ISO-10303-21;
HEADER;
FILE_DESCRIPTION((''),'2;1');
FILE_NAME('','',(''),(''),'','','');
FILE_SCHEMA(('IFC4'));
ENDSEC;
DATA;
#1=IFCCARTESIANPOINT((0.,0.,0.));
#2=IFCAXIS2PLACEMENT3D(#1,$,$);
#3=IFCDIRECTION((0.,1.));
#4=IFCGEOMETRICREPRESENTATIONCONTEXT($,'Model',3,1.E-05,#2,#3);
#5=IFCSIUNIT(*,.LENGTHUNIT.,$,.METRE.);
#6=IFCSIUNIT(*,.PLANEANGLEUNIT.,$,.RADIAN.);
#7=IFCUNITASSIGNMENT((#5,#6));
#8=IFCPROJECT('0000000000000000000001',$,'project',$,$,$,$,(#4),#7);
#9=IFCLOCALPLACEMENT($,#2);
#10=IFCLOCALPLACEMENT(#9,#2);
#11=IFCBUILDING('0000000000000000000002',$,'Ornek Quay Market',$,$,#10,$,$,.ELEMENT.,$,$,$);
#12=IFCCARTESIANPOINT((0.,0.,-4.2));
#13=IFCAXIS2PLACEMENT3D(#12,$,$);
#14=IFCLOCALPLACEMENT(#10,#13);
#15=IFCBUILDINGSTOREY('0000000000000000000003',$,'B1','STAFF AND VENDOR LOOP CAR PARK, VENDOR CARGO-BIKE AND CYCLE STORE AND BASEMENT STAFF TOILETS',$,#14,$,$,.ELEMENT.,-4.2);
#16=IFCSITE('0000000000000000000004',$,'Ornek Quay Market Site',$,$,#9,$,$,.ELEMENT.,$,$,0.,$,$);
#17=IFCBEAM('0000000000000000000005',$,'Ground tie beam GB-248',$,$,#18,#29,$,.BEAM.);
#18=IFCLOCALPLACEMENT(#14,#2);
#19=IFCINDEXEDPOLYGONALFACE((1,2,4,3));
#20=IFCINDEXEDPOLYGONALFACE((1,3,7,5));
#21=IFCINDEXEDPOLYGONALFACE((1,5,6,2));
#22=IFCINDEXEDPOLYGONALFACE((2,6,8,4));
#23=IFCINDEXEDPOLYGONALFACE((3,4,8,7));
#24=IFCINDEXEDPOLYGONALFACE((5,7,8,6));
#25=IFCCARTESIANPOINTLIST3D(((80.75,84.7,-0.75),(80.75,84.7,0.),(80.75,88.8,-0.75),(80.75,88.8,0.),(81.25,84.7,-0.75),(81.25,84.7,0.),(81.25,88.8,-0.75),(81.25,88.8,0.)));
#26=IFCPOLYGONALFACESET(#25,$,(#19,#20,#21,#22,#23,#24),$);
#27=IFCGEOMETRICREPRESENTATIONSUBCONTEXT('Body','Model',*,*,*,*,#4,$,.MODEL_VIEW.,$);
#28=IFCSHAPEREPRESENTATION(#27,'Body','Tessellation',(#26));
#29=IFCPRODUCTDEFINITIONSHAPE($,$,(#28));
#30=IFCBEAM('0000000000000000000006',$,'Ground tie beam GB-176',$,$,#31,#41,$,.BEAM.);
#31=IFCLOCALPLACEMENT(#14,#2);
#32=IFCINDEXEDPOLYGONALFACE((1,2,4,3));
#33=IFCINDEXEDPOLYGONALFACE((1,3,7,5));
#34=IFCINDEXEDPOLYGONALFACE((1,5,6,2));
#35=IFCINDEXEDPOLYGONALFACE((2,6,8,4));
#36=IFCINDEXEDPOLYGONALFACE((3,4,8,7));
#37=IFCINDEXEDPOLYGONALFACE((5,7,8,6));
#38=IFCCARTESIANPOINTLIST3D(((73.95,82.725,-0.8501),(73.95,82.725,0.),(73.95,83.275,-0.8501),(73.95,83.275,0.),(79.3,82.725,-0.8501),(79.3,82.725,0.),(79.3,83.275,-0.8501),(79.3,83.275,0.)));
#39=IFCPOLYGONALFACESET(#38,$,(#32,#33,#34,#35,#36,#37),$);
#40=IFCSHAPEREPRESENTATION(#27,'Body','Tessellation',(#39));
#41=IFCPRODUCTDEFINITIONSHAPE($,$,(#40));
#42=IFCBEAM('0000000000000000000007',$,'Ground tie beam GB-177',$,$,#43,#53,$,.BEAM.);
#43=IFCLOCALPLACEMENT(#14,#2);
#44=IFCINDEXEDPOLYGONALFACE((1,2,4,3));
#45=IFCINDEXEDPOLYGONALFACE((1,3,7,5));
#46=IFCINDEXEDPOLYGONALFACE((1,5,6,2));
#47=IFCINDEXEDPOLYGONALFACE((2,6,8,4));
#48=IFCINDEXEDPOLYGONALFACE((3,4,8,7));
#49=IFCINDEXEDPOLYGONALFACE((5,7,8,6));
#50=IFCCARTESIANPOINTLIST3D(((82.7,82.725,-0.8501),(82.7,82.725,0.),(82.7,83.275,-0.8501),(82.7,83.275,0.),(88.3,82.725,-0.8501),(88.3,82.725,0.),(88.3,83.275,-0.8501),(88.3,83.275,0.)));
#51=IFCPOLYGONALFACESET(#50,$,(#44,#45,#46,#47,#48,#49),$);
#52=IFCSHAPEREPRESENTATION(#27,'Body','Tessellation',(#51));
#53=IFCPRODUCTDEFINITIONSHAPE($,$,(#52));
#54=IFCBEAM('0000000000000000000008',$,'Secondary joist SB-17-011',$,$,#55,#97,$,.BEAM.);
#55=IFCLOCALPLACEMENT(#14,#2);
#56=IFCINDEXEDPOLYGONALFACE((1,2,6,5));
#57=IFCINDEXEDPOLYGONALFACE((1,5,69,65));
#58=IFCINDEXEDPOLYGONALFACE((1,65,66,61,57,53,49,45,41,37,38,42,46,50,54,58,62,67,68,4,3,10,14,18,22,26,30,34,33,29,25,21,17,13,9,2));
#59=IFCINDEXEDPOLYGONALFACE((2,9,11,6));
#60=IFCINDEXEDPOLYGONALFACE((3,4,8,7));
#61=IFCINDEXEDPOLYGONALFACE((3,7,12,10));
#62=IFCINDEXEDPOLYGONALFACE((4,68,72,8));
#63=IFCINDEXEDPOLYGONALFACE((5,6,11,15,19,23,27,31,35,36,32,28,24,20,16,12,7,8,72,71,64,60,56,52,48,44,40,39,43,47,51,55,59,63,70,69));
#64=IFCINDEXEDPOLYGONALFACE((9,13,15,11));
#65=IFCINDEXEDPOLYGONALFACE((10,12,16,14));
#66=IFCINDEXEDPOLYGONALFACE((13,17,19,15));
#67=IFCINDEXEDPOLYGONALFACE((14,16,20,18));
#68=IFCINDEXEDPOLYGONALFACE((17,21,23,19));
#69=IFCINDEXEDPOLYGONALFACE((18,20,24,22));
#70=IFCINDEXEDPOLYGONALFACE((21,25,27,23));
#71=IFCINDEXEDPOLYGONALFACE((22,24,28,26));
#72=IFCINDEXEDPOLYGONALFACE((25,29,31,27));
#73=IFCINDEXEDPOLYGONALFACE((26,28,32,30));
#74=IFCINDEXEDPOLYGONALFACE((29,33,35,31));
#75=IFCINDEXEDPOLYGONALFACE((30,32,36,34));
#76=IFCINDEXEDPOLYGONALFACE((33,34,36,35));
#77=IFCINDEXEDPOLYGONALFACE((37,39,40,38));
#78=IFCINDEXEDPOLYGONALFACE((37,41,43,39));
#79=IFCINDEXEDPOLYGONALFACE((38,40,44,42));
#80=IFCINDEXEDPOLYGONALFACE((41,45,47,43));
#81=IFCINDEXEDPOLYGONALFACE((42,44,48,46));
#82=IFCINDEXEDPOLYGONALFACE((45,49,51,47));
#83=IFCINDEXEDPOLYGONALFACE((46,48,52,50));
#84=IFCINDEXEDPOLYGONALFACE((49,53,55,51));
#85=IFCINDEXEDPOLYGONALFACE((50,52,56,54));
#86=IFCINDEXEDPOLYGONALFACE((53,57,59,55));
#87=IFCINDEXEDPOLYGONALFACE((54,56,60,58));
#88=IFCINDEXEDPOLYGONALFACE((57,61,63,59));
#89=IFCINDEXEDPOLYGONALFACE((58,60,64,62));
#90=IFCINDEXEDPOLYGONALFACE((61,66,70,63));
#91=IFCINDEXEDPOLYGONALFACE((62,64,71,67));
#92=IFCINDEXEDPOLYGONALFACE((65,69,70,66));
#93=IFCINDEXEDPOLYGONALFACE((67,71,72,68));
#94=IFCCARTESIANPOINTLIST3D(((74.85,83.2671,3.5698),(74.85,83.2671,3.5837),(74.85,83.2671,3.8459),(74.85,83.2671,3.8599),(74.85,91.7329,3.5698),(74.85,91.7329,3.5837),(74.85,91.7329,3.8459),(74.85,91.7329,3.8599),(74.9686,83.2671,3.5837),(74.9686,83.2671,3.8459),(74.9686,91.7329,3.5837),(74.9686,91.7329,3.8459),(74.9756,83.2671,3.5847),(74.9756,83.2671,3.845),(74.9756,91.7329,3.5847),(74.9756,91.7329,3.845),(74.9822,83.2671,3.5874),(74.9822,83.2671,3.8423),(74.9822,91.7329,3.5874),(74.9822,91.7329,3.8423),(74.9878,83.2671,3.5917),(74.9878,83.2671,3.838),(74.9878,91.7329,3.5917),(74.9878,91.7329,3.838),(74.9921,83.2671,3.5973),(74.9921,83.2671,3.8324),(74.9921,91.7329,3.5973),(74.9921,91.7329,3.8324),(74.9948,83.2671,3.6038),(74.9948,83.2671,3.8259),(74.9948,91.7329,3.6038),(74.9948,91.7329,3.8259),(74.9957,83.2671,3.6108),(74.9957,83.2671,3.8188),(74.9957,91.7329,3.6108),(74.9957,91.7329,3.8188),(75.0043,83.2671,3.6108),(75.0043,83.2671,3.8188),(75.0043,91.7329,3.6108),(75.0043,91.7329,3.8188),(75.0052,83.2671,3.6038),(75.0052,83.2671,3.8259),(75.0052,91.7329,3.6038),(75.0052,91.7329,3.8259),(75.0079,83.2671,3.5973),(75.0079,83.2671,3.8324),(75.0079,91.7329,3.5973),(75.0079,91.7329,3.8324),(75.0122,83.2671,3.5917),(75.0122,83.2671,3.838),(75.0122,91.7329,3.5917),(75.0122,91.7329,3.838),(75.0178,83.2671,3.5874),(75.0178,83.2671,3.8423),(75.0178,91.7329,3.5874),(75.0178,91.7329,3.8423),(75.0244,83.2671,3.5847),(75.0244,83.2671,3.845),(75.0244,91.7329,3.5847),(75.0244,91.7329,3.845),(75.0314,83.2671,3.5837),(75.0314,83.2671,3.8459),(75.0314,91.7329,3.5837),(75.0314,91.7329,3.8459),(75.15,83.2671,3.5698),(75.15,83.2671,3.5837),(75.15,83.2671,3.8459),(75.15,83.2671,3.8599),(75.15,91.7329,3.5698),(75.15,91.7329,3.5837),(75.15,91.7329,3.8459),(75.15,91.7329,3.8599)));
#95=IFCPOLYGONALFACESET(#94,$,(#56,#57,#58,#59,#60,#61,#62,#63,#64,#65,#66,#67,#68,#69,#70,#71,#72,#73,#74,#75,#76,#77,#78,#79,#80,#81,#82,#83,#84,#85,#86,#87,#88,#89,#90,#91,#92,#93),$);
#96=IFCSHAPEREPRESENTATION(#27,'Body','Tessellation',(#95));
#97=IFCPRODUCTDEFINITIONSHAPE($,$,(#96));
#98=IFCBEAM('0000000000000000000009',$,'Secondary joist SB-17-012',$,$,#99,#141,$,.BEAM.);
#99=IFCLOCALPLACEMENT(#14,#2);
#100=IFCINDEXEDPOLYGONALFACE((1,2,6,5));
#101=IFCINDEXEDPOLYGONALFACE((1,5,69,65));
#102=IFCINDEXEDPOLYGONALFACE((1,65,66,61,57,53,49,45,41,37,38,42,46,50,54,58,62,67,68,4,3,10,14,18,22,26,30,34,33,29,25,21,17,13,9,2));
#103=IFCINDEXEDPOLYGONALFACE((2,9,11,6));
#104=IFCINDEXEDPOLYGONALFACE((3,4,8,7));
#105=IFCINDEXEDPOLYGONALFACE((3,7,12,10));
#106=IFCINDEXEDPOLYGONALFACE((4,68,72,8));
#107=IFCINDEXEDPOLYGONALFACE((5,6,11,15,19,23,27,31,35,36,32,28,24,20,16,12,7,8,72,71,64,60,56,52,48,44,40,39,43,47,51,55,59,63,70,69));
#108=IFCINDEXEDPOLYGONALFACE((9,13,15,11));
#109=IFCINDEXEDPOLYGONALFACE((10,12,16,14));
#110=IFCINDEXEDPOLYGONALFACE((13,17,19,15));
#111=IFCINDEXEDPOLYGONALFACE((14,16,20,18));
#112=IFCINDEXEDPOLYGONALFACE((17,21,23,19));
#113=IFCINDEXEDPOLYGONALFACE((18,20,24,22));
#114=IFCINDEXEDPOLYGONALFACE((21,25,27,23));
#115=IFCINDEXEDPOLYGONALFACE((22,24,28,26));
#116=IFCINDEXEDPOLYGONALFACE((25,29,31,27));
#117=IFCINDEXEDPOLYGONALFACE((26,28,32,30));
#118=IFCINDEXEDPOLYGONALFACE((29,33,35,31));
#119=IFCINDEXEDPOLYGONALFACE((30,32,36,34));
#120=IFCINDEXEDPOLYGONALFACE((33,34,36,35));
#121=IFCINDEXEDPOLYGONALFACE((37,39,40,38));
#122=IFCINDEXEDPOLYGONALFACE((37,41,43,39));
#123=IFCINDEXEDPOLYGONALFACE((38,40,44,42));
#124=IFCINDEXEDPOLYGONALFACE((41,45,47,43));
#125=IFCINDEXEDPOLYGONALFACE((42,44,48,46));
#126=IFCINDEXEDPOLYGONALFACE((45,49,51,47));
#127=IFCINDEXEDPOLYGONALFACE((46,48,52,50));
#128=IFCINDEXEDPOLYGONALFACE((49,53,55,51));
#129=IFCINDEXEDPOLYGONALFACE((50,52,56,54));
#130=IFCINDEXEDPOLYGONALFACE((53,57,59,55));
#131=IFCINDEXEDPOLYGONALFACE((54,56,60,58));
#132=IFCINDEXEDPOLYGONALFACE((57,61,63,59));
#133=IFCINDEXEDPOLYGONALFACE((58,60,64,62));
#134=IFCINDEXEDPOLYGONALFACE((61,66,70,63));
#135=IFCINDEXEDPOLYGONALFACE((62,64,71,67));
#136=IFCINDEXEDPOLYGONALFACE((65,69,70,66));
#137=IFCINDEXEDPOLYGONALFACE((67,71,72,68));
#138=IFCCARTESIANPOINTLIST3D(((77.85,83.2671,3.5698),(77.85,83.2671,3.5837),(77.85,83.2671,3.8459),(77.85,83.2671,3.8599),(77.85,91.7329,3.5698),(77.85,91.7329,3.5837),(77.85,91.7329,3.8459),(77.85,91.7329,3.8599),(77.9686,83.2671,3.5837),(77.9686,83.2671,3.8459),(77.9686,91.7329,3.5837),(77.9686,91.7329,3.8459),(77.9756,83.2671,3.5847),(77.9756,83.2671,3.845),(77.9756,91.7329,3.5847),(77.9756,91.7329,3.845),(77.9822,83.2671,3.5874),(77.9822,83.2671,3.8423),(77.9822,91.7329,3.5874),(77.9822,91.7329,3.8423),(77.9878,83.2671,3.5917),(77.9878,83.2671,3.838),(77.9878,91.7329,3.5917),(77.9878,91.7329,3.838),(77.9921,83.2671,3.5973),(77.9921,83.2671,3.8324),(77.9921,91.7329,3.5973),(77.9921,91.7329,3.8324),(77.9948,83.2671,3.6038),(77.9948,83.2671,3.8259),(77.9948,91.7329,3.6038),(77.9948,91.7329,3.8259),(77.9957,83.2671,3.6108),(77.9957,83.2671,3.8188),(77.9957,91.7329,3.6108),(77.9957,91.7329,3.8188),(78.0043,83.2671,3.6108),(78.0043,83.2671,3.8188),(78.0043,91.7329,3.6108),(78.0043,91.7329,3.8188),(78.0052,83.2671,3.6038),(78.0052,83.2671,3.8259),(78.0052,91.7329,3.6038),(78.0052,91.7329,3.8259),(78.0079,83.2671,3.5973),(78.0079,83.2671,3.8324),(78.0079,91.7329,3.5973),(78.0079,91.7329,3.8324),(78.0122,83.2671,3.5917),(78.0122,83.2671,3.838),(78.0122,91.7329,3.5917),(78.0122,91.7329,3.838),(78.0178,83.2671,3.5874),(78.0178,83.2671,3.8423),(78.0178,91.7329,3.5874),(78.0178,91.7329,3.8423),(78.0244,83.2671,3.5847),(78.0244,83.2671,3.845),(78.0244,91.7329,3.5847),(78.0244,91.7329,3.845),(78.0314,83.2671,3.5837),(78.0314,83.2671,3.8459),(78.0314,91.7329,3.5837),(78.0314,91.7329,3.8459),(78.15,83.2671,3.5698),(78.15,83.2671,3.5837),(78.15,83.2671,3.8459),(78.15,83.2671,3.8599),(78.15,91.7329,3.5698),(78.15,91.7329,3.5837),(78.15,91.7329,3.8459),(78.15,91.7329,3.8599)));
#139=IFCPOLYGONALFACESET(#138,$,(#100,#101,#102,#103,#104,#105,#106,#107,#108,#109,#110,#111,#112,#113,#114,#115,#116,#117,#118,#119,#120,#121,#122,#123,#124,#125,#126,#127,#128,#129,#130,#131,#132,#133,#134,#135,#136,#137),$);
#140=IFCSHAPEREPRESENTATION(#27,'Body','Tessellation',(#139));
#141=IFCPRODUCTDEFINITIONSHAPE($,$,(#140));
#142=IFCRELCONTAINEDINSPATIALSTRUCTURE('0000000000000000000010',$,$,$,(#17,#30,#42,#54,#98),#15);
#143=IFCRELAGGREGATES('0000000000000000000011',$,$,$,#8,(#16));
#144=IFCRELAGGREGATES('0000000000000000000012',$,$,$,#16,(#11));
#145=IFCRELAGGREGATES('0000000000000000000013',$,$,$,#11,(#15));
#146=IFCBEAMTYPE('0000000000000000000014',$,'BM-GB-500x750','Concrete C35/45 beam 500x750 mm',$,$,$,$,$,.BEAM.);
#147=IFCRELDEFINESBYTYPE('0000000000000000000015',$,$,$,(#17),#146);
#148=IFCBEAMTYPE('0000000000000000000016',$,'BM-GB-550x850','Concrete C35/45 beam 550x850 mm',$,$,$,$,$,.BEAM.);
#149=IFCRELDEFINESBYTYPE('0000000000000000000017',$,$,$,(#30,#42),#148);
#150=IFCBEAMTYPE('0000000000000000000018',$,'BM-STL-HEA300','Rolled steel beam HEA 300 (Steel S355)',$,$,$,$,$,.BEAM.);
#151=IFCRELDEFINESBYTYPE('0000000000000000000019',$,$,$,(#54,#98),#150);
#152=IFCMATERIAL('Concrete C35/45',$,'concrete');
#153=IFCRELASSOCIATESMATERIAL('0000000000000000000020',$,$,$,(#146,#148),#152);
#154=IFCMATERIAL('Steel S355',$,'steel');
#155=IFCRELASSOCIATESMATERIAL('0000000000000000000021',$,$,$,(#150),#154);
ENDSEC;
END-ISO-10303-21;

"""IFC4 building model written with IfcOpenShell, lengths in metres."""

from ifc_helpers import new_model, si_unit, direction, frame, origin, origin_2d, place, context, subcontext, project, spatial, rectangle, i_section, extrude, material, material_profile, profile_set, type_object, element, save


model = new_model("IFC4")

# Units and contexts
model_context = context("Model", 3, precision=1e-05, world=origin(), true_north=direction((0.0, 1.0)))
body_context = subcontext(model_context, "Body", "Model", "MODEL_VIEW")
ifc_project = project(units=[si_unit("LENGTHUNIT", "METRE"), si_unit("PLANEANGLEUNIT", "RADIAN")], contexts=[model_context])

# Site, building, storey
site_placement = place(None, origin())
site = spatial("IfcSite", under=ifc_project, at=site_placement, Name="Ornek Quay Market Site", CompositionType="ELEMENT", RefElevation=0.0)
building_placement = place(site_placement, origin())
building = spatial("IfcBuilding", under=site, at=building_placement, Name="Ornek Quay Market", CompositionType="ELEMENT")
storey_placement = place(building_placement, frame((0.0, 0.0, -4.2)))
storey = spatial("IfcBuildingStorey", under=building, at=storey_placement, Name="B1", Description="STAFF AND VENDOR LOOP CAR PARK, VENDOR CARGO-BIKE AND CYCLE STORE AND BASEMENT STAFF TOILETS", CompositionType="ELEMENT", Elevation=-4.2)

# Shared definitions
ifc_material_1 = material(Name="Concrete C35/45", Category="concrete")

# Beams
ifc_material_profile_1 = material_profile(ifc_material_1, rectangle(XDim=0.5, YDim=0.75, at=origin_2d()), Name="RC 500x750", Category="concrete")
ifc_profile_set_1 = profile_set([ifc_material_profile_1], Name="Concrete C35/45")
beam_type_1 = type_object("IfcBeamType", Name="BM-GB-500x750", Description="Concrete C35/45 beam 500x750 mm", PredefinedType="BEAM", material=ifc_profile_set_1)
beam_1_placement = place(storey_placement, frame((81.0, 84.7, -0.375), z_axis=(0.0, 1.0, 0.0), x_axis=(-1.0, 0.0, 0.0)))
element("IfcBeam", 1, at=beam_1_placement, inside=storey, type_object=beam_type_1, Name="Ground tie beam GB-248", PredefinedType="BEAM", context=body_context, shape_type="SweptSolid", body=[
    extrude(rectangle(XDim=0.5, YDim=0.75, at=origin_2d()), origin(), (0.0, 0.0, 1.0), 4.1001),
])
ifc_material_profile_2 = material_profile(ifc_material_1, rectangle(XDim=0.55, YDim=0.8501, at=origin_2d()), Name="RC 550x850", Category="concrete")
ifc_profile_set_2 = profile_set([ifc_material_profile_2], Name="Concrete C35/45")
beam_type_2 = type_object("IfcBeamType", Name="BM-GB-550x850", Description="Concrete C35/45 beam 550x850 mm", PredefinedType="BEAM", material=ifc_profile_set_2)
beam_2_placement = place(storey_placement, frame((73.95, 83.0, -0.425), z_axis=(1.0, 0.0, 0.0), x_axis=(0.0, 1.0, 0.0)))
element("IfcBeam", 2, at=beam_2_placement, inside=storey, type_object=beam_type_2, Name="Ground tie beam GB-176", PredefinedType="BEAM", context=body_context, shape_type="SweptSolid", body=[
    extrude(rectangle(XDim=0.55, YDim=0.8501, at=origin_2d()), origin(), (0.0, 0.0, 1.0), 5.3501),
])
beam_3_placement = place(storey_placement, frame((82.7, 83.0, -0.425), z_axis=(1.0, 0.0, 0.0), x_axis=(0.0, 1.0, 0.0)))
element("IfcBeam", 3, at=beam_3_placement, inside=storey, type_object=beam_type_2, Name="Ground tie beam GB-177", PredefinedType="BEAM", context=body_context, shape_type="SweptSolid", body=[
    extrude(rectangle(XDim=0.55, YDim=0.8501, at=origin_2d()), origin(), (0.0, 0.0, 1.0), 5.6001),
])
ifc_material_2 = material(Name="Steel S355", Category="steel")
ifc_material_profile_3 = material_profile(ifc_material_2, i_section(OverallWidth=0.3, OverallDepth=0.29, WebThickness=0.0085, FlangeThickness=0.0139, FilletRadius=0.0271, at=origin_2d()), Name="HEA 300", Category="steel")
ifc_profile_set_3 = profile_set([ifc_material_profile_3], Name="Steel S355")
beam_type_3 = type_object("IfcBeamType", Name="BM-STL-HEA300", Description="Rolled steel beam HEA 300 (Steel S355)", PredefinedType="BEAM", material=ifc_profile_set_3)
for number, where, z_axis, x_axis, name in (
    (4, (75.0, 83.2671, 3.7148), (0.0, 1.0, 0.0), (-1.0, 0.0, 0.0), "Secondary joist SB-17-011"),
    (5, (78.0, 83.2671, 3.7148), (0.0, 1.0, 0.0), (-1.0, 0.0, 0.0), "Secondary joist SB-17-012"),
):
    element("IfcBeam", number, at=place(storey_placement, frame(where, z_axis=z_axis, x_axis=x_axis)), inside=storey, type_object=beam_type_3, Name=name, PredefinedType="BEAM", context=body_context, shape_type="SweptSolid", body=[
        extrude(i_section(OverallWidth=0.3, OverallDepth=0.29, WebThickness=0.0085, FlangeThickness=0.0139, FilletRadius=0.0271, at=origin_2d()), origin(), (0.0, 0.0, 1.0), 8.4658),
    ])

save(model, "model.ifc")
